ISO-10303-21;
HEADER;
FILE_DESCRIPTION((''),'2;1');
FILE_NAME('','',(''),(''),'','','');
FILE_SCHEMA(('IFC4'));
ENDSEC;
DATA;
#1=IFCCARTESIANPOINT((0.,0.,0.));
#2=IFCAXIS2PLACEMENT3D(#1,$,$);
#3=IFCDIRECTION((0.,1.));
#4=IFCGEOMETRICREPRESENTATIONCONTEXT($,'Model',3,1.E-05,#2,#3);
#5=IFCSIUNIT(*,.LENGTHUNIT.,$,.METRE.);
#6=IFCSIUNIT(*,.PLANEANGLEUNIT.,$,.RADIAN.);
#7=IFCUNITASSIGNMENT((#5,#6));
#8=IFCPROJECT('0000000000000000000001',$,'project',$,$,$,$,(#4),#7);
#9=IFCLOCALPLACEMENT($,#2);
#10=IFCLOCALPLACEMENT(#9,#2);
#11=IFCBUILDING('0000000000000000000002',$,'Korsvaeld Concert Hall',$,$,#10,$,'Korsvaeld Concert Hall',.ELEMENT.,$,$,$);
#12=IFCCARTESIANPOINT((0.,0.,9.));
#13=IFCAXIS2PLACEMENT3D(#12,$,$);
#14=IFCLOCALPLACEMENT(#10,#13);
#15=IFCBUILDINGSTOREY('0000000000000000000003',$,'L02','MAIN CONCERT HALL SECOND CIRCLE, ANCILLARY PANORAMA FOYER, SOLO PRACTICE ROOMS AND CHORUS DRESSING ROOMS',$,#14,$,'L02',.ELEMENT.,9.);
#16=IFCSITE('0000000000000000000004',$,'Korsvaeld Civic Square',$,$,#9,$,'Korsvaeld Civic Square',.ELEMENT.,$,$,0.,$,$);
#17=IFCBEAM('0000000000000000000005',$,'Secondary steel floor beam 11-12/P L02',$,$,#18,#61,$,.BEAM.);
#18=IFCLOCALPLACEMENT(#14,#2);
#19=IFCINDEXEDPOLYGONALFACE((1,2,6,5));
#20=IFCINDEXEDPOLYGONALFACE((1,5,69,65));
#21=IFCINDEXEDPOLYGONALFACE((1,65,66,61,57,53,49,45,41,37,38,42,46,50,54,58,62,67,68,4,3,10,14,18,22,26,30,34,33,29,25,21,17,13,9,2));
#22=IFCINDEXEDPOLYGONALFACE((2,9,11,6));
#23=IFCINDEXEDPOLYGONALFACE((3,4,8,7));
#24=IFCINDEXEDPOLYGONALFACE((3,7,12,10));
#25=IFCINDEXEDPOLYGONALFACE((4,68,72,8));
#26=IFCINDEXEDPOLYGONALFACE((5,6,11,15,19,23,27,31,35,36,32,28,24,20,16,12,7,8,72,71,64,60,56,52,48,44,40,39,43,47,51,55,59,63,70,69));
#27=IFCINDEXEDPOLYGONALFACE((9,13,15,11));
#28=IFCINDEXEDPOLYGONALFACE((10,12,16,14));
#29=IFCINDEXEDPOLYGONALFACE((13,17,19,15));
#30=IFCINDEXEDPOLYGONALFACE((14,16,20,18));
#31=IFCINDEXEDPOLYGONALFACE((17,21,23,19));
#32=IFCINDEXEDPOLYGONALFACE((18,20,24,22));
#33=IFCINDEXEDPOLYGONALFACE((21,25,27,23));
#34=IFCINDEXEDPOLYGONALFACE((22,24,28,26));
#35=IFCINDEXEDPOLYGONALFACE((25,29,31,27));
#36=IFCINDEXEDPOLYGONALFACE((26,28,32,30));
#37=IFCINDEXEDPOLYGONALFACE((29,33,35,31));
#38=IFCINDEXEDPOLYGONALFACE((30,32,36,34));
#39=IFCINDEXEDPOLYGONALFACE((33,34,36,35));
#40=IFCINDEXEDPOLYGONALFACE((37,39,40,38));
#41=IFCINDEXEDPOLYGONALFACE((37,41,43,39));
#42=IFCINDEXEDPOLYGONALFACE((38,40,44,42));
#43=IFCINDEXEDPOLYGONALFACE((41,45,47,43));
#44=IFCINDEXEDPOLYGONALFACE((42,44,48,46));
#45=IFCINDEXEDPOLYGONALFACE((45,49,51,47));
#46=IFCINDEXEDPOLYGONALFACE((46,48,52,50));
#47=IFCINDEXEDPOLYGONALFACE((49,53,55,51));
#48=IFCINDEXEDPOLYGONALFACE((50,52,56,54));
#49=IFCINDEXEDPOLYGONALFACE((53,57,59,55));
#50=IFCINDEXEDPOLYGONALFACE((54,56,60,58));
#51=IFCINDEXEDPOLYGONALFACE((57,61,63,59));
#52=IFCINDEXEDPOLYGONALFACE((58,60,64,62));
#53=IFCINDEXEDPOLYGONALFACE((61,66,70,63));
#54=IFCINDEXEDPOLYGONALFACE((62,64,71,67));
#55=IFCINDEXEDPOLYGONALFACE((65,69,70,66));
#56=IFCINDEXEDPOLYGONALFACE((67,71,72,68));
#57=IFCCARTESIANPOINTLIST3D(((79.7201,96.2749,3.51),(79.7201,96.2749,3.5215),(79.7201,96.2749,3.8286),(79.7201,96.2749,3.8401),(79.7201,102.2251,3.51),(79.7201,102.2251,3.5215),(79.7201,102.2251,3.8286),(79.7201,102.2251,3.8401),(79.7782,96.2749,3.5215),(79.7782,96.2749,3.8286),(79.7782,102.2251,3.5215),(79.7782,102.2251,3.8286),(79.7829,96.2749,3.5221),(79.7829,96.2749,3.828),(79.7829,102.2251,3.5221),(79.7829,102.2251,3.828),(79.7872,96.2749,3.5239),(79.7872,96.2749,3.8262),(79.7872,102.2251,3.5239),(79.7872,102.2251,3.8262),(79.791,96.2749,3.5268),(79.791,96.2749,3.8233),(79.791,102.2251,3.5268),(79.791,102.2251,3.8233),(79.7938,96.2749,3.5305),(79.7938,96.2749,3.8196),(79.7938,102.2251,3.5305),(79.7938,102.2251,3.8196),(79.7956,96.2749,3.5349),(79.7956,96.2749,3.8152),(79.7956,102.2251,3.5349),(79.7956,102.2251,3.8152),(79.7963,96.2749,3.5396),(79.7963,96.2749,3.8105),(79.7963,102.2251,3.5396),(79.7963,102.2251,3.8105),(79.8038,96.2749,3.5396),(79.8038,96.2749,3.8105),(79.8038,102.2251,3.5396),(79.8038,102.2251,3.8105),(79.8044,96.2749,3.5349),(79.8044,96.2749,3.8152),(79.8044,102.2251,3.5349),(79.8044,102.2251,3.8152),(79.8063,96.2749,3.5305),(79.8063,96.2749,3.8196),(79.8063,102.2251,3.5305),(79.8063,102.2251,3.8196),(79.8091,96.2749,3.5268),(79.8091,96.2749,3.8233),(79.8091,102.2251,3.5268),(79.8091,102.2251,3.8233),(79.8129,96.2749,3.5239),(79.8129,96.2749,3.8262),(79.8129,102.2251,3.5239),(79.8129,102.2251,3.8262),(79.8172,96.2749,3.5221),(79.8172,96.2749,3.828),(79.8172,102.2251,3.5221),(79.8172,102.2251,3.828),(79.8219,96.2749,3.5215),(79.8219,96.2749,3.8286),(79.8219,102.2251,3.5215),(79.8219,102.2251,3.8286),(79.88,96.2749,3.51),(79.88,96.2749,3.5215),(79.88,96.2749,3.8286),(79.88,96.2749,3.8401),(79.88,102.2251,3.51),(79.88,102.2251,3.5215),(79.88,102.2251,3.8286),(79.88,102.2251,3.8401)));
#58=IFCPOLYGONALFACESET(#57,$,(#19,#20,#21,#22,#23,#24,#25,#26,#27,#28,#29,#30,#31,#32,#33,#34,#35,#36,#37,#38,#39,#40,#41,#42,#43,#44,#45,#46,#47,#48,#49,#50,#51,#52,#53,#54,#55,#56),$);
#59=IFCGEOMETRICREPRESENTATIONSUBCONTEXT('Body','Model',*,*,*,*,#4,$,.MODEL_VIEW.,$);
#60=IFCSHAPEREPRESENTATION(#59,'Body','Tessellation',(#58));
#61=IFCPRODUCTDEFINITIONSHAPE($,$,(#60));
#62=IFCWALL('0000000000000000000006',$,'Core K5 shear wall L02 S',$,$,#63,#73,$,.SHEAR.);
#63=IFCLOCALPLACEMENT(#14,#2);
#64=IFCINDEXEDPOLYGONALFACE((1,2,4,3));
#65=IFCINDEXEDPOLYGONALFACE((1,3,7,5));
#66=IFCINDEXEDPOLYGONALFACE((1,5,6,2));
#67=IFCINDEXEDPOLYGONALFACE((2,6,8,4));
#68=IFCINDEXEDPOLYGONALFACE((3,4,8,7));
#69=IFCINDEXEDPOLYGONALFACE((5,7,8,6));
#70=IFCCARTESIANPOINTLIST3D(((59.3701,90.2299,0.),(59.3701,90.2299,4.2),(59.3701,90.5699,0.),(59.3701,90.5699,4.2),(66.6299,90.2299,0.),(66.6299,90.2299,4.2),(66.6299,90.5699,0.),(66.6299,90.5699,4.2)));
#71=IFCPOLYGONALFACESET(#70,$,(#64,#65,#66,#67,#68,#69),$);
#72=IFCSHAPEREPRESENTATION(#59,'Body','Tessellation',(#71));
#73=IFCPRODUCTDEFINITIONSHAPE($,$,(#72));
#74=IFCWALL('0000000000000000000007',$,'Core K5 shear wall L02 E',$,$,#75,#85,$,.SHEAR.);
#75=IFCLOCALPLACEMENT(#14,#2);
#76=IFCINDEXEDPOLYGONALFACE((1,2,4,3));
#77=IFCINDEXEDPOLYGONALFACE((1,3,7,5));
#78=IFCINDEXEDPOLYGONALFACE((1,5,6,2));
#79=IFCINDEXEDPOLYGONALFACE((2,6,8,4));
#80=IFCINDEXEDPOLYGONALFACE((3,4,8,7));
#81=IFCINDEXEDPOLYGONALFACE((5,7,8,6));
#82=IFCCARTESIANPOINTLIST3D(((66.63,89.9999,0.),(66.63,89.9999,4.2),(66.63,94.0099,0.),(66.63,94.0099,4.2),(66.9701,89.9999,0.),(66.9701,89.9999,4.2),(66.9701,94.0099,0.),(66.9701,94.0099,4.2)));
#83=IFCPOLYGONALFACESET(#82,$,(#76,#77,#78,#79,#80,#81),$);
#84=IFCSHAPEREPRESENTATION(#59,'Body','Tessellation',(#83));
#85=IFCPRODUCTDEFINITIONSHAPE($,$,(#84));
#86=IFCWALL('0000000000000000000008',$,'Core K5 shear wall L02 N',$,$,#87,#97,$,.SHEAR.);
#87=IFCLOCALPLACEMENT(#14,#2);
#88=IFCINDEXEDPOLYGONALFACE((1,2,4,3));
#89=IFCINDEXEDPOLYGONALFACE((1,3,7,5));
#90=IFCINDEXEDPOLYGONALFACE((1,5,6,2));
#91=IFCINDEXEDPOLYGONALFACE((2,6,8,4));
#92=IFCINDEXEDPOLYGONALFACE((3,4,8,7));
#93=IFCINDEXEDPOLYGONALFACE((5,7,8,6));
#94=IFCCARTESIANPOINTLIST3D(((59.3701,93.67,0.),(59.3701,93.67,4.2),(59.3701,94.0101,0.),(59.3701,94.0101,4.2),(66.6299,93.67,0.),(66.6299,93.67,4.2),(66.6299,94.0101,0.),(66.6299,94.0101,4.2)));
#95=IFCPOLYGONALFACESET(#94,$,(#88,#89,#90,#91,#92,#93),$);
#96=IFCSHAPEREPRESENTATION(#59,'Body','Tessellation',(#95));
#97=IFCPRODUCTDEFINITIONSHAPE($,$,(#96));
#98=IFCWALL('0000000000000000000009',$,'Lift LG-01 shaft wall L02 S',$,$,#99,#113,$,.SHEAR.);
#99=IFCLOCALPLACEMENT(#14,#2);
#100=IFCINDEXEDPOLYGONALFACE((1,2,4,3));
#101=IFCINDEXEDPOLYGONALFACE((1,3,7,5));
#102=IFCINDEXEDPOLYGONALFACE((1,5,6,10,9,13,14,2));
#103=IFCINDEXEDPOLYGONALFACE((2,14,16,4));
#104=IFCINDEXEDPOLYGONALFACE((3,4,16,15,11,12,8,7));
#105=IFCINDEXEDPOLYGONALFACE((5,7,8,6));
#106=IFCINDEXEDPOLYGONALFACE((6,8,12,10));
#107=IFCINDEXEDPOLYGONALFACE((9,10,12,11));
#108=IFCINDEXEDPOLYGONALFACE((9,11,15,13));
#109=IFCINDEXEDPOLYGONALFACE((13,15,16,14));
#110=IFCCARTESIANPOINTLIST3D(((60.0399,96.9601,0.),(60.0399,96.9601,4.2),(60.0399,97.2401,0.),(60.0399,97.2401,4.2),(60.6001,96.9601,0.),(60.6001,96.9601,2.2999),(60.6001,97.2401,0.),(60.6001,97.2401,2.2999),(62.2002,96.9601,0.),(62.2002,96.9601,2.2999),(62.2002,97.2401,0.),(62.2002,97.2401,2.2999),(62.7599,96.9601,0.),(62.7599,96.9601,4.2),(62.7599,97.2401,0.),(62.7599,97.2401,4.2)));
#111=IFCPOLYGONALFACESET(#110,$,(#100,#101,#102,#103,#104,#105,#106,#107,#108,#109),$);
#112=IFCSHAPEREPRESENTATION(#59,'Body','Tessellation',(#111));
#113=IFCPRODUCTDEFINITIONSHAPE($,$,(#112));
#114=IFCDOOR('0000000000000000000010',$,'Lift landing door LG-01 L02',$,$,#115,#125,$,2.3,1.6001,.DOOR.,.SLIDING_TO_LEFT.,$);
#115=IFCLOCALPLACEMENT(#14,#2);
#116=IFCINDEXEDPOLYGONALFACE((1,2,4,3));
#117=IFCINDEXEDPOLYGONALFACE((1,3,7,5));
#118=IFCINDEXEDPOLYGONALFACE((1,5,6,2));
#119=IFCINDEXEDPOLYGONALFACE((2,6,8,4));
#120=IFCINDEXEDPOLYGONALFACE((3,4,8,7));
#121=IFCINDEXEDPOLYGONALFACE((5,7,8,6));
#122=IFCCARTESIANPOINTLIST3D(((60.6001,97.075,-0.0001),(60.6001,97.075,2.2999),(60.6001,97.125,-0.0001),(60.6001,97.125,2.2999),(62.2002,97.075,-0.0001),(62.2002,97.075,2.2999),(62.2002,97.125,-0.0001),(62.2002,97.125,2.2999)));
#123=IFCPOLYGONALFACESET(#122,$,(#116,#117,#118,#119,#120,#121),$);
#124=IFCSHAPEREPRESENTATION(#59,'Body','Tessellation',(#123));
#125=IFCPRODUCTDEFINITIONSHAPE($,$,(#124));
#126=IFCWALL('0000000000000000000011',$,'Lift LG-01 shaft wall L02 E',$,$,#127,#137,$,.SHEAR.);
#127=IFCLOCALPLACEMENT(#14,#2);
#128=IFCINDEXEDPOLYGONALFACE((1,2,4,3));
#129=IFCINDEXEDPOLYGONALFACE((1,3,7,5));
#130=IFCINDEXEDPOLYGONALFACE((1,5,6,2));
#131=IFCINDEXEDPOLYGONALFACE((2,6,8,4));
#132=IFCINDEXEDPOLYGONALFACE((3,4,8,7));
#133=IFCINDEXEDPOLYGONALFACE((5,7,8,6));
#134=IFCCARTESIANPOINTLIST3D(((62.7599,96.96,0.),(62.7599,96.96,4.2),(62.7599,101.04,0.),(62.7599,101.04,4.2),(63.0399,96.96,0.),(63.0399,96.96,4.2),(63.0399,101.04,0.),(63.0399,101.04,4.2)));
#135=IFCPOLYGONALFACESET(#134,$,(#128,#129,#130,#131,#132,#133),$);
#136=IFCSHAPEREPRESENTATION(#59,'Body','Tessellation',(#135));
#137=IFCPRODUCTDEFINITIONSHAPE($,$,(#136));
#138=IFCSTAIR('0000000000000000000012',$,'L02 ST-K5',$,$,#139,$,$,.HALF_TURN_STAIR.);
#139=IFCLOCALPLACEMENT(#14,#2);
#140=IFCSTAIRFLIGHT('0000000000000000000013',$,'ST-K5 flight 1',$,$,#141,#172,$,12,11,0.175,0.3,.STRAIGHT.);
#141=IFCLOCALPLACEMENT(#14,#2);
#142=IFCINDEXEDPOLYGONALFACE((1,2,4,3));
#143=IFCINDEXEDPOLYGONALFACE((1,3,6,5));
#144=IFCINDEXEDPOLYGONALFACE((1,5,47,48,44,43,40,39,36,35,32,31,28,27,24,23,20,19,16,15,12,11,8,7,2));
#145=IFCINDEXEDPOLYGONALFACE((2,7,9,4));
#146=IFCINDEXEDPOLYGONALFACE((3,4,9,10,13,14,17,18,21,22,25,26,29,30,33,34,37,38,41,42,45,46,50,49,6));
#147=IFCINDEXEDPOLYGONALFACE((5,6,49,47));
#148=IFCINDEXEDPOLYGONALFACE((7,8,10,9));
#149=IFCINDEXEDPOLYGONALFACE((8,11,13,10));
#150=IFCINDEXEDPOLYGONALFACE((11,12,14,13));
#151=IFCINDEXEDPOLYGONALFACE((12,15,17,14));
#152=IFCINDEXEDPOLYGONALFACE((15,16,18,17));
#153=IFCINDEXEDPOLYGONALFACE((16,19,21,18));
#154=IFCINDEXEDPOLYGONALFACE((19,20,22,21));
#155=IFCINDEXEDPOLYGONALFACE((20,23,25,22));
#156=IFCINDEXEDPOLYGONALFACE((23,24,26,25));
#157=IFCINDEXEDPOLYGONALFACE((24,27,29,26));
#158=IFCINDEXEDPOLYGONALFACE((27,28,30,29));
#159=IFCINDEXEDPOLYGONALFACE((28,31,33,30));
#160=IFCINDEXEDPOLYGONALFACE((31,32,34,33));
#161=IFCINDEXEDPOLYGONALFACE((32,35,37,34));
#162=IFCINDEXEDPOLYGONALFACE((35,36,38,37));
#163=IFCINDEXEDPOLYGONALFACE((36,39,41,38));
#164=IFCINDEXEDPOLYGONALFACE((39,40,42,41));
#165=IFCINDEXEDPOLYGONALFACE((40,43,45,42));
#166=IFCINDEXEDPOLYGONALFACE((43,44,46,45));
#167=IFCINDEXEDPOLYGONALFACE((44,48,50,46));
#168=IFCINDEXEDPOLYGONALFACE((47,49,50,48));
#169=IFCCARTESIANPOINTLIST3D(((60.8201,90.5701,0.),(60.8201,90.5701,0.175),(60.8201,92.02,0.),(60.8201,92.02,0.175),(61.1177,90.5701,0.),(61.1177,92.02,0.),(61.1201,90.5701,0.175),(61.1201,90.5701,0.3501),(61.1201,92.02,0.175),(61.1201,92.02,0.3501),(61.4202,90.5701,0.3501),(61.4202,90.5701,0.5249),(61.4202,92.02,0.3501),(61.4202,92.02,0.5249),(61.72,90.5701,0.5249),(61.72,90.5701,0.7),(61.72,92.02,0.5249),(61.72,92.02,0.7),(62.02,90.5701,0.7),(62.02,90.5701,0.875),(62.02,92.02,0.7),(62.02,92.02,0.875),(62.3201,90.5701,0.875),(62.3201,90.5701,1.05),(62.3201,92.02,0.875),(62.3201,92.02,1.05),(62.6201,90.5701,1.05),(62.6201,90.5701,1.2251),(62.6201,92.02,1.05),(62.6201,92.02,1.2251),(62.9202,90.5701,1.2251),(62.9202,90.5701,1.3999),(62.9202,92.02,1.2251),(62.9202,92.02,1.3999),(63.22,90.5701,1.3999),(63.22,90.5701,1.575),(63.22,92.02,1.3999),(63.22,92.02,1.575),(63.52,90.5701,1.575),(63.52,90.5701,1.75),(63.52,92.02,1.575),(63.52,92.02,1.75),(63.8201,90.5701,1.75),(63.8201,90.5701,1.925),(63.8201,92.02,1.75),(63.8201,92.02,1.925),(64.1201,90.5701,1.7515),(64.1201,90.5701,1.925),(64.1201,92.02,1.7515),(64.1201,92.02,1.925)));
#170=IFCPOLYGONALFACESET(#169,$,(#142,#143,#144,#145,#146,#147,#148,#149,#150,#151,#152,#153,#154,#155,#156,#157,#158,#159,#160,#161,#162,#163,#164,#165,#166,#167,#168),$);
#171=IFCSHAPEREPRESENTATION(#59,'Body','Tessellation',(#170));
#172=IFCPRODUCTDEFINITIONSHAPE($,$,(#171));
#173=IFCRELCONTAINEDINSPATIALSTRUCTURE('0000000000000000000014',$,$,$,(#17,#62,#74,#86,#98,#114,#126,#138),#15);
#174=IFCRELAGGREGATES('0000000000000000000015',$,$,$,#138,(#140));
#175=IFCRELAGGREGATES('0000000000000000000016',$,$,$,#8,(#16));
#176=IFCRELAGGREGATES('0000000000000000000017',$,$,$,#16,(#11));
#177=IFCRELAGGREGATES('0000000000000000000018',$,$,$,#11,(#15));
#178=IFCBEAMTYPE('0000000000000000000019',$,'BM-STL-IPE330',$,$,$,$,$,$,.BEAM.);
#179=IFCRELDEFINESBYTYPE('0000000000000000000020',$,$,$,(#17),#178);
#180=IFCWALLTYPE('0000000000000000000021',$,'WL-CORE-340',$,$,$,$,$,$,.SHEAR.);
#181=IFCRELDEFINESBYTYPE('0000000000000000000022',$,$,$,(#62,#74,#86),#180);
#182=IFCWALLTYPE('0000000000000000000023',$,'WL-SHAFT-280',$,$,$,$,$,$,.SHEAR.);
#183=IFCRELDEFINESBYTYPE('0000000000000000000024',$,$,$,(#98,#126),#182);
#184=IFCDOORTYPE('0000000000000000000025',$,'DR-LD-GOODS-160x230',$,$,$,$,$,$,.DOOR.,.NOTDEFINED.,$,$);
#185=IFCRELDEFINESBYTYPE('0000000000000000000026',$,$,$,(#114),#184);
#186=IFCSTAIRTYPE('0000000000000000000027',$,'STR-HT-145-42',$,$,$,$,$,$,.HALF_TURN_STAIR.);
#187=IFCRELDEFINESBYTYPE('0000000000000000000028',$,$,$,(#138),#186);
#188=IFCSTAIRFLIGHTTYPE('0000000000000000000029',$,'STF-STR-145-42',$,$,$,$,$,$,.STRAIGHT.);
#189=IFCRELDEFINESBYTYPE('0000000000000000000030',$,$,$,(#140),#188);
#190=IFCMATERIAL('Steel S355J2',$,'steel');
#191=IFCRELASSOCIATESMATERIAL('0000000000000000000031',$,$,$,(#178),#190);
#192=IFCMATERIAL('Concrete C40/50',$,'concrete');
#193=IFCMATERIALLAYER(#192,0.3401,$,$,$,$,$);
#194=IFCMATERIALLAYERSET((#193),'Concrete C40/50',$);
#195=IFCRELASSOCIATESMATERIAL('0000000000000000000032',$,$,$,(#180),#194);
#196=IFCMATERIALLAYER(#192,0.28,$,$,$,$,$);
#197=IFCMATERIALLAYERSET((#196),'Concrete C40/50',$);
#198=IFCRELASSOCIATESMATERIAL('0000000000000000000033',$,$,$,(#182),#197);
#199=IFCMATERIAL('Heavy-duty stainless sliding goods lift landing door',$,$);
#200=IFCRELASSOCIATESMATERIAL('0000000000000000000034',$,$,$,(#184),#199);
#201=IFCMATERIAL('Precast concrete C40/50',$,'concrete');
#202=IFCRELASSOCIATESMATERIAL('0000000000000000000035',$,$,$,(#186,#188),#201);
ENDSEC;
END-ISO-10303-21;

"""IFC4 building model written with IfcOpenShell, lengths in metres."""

from ifc_helpers import new_model, si_unit, direction, frame, frame_2d, origin, origin_2d, place, context, subcontext, project, spatial, polyline, rectangle, i_section, outline, extrude, material, layer, layer_set, material_profile, profile_set, type_object, element, fill, aggregate, save


model = new_model("IFC4")

# Units and contexts
model_context = context("Model", 3, precision=1e-05, world=origin(), true_north=direction((0.0, 1.0)))
body_context = subcontext(model_context, "Body", "Model", "MODEL_VIEW")
ifc_project = project(units=[si_unit("LENGTHUNIT", "METRE"), si_unit("PLANEANGLEUNIT", "RADIAN")], contexts=[model_context])

# Site, building, storey
site_placement = place(None, origin())
site = spatial("IfcSite", under=ifc_project, at=site_placement, Name="Korsvaeld Civic Square", LongName="Korsvaeld Civic Square", CompositionType="ELEMENT", RefElevation=0.0)
building_placement = place(site_placement, origin())
building = spatial("IfcBuilding", under=site, at=building_placement, Name="Korsvaeld Concert Hall", LongName="Korsvaeld Concert Hall", CompositionType="ELEMENT")
storey_placement = place(building_placement, frame((0.0, 0.0, 9.0)))
storey = spatial("IfcBuildingStorey", under=building, at=storey_placement, Name="L02", Description="MAIN CONCERT HALL SECOND CIRCLE, ANCILLARY PANORAMA FOYER, SOLO PRACTICE ROOMS AND CHORUS DRESSING ROOMS", LongName="L02", CompositionType="ELEMENT", Elevation=9.0)

# Shared definitions
ifc_material_1 = material(Name="Concrete C40/50", Category="concrete")

# Beam
ifc_material_2 = material(Name="Steel S355J2", Category="steel")
ifc_material_profile_1 = material_profile(ifc_material_2, i_section(OverallWidth=0.1599, OverallDepth=0.3301, WebThickness=0.0076, FlangeThickness=0.0115, FilletRadius=0.0181, at=origin_2d()), Name="IPE 330")
ifc_profile_set_1 = profile_set([ifc_material_profile_1], Name="Steel S355J2")
beam_type_1 = type_object("IfcBeamType", Name="BM-STL-IPE330", PredefinedType="BEAM", material=ifc_profile_set_1)
beam_1_placement = place(storey_placement, frame((79.8, 96.2749, 3.675), z_axis=(0.0, 1.0, 0.0), x_axis=(-1.0, 0.0, 0.0)))
element("IfcBeam", 1, at=beam_1_placement, inside=storey, type_object=beam_type_1, Name="Secondary steel floor beam 11-12/P L02", PredefinedType="BEAM", context=body_context, shape_type="SweptSolid", body=[
    extrude(i_section(OverallWidth=0.1599, OverallDepth=0.3301, WebThickness=0.0076, FlangeThickness=0.0115, FilletRadius=0.0181, at=origin_2d()), origin(), (0.0, 0.0, 1.0), 5.9502),
])

# Walls
ifc_layer_1 = layer(ifc_material_1, 0.3401)
ifc_layer_set_1 = layer_set([ifc_layer_1], Name="Concrete C40/50")
wall_type_1 = type_object("IfcWallType", Name="WL-CORE-340", PredefinedType="SHEAR", material=ifc_layer_set_1)
wall_1_placement = place(storey_placement, frame((59.3701, 90.3999, 0.0), z_axis=(0.0, 0.0, 1.0), x_axis=(1.0, 0.0, 0.0)))
element("IfcWall", 2, at=wall_1_placement, inside=storey, type_object=wall_type_1, Name="Core K5 shear wall L02 S", PredefinedType="SHEAR", context=body_context, shape_type="SweptSolid", body=[
    extrude(rectangle(XDim=7.2598, YDim=0.3401, at=frame_2d((3.6299, 0.0))), origin(), (0.0, 0.0, 1.0), 4.2),
])
wall_2_placement = place(storey_placement, frame((66.8, 90.0, 0.0), z_axis=(0.0, 0.0, 1.0), x_axis=(0.0, 1.0, 0.0)))
element("IfcWall", 3, at=wall_2_placement, inside=storey, type_object=wall_type_1, Name="Core K5 shear wall L02 E", PredefinedType="SHEAR", context=body_context, shape_type="SweptSolid", body=[
    extrude(rectangle(XDim=4.01, YDim=0.3401, at=frame_2d((2.0049, 0.0))), origin(), (0.0, 0.0, 1.0), 4.2),
])
wall_3_placement = place(storey_placement, frame((66.6299, 93.8401, 0.0), z_axis=(0.0, 0.0, 1.0), x_axis=(-1.0, 0.0, 0.0)))
element("IfcWall", 4, at=wall_3_placement, inside=storey, type_object=wall_type_1, Name="Core K5 shear wall L02 N", PredefinedType="SHEAR", context=body_context, shape_type="SweptSolid", body=[
    extrude(rectangle(XDim=7.2598, YDim=0.3401, at=frame_2d((3.6299, 0.0))), origin(), (0.0, 0.0, 1.0), 4.2),
])

# Wall, opening, door
ifc_layer_2 = layer(ifc_material_1, 0.28)
ifc_layer_set_2 = layer_set([ifc_layer_2], Name="Concrete C40/50")
wall_type_2 = type_object("IfcWallType", Name="WL-SHAFT-280", PredefinedType="SHEAR", material=ifc_layer_set_2)
wall_4_placement = place(storey_placement, frame((60.04, 97.1001, 0.0), z_axis=(0.0, 0.0, 1.0), x_axis=(1.0, 0.0, 0.0)))
wall_4 = element("IfcWall", 5, at=wall_4_placement, inside=storey, type_object=wall_type_2, Name="Lift LG-01 shaft wall L02 S", PredefinedType="SHEAR", context=body_context, shape_type="SweptSolid", body=[
    extrude(rectangle(XDim=2.72, YDim=0.28, at=frame_2d((1.3599, 0.0))), origin(), (0.0, 0.0, 1.0), 4.2),
])
opening_1_placement = place(wall_4_placement, frame((0.5601, 0.0, 0.0)))
opening_1 = element("IfcOpeningElement", 6, at=opening_1_placement, cuts=wall_4, PredefinedType="OPENING", context=body_context, shape_type="SweptSolid", body=[
    extrude(rectangle(XDim=1.6001, YDim=2.3, at=frame_2d((0.8, 1.1499))), frame((0.0, 0.1499, 0.0), z_axis=(0.0, -1.0, 0.0), x_axis=(1.0, 0.0, 0.0)), (0.0, 0.0, 1.0), 0.3),
])
ifc_material_3 = material(Name="Heavy-duty stainless sliding goods lift landing door")
door_type_1 = type_object("IfcDoorType", Name="DR-LD-GOODS-160x230", OperationType="NOTDEFINED", PredefinedType="DOOR", material=ifc_material_3)
door_1_placement = place(opening_1_placement, origin())
door_1 = element("IfcDoor", 7, at=door_1_placement, inside=storey, type_object=door_type_1, Name="Lift landing door LG-01 L02", OperationType="SLIDING_TO_LEFT", OverallHeight=2.3, OverallWidth=1.6001, PredefinedType="DOOR", context=body_context, shape_type="SweptSolid", body=[
    extrude(rectangle(XDim=1.6001, YDim=2.3, at=frame_2d((0.8, 1.1499))), frame((0.0, 0.0249, 0.0), z_axis=(0.0, -1.0, 0.0), x_axis=(1.0, 0.0, 0.0)), (0.0, 0.0, 1.0), 0.05),
])
fill(opening_1, door_1)

# Wall
wall_5_placement = place(storey_placement, frame((62.8999, 96.96, 0.0), z_axis=(0.0, 0.0, 1.0), x_axis=(0.0, 1.0, 0.0)))
element("IfcWall", 8, at=wall_5_placement, inside=storey, type_object=wall_type_2, Name="Lift LG-01 shaft wall L02 E", PredefinedType="SHEAR", context=body_context, shape_type="SweptSolid", body=[
    extrude(rectangle(XDim=4.0801, YDim=0.28, at=frame_2d((2.04, 0.0))), origin(), (0.0, 0.0, 1.0), 4.2),
])

# Stair, stair flight
ifc_material_4 = material(Name="Precast concrete C40/50", Category="concrete")
stair_type = type_object("IfcStairType", Name="STR-HT-145-42", PredefinedType="HALF_TURN_STAIR", material=ifc_material_4)
stair_placement = place(storey_placement, origin())
stair = element("IfcStair", 9, at=stair_placement, inside=storey, type_object=stair_type, Name="L02 ST-K5", PredefinedType="HALF_TURN_STAIR")
stair_flight_type = type_object("IfcStairFlightType", Name="STF-STR-145-42", PredefinedType="STRAIGHT", material=ifc_material_4)
stair_flight_1_placement = place(storey_placement, frame((60.8201, 91.2949, 0.0), z_axis=(0.0, 0.0, 1.0), x_axis=(1.0, 0.0, 0.0)))
stair_flight_1 = element("IfcStairFlight", 10, at=stair_flight_1_placement, type_object=stair_flight_type, Name="ST-K5 flight 1", NumberOfRisers=12, NumberOfTreads=11, PredefinedType="STRAIGHT", RiserHeight=0.175, TreadLength=0.3, context=body_context, shape_type="SweptSolid", body=[
    extrude(outline(polyline([(0.0, 0.0), (0.0, 0.175), (0.3, 0.175), (0.3, 0.3501), (0.6001, 0.3501), (0.6001, 0.5249), (0.8999, 0.5249), (0.8999, 0.7), (1.2, 0.7), (1.2, 0.875), (1.5, 0.875), (1.5, 1.05), (1.8, 1.05), (1.8, 1.2251), (2.1001, 1.2251), (2.1001, 1.3999), (2.3999, 1.3999), (2.3999, 1.575), (2.7, 1.575), (2.7, 1.75), (3.0, 1.75), (3.0, 1.925), (3.3, 1.925), (3.3, 2.1001), (3.3, 1.7515), (0.2976, 0.0), (0.0, 0.0)])), frame((0.0, 0.7251, 0.0), z_axis=(0.0, -1.0, 0.0), x_axis=(1.0, 0.0, 0.0)), (0.0, 0.0, 1.0), 1.45),
])
aggregate(stair, [stair_flight_1])

save(model, "model.ifc")
